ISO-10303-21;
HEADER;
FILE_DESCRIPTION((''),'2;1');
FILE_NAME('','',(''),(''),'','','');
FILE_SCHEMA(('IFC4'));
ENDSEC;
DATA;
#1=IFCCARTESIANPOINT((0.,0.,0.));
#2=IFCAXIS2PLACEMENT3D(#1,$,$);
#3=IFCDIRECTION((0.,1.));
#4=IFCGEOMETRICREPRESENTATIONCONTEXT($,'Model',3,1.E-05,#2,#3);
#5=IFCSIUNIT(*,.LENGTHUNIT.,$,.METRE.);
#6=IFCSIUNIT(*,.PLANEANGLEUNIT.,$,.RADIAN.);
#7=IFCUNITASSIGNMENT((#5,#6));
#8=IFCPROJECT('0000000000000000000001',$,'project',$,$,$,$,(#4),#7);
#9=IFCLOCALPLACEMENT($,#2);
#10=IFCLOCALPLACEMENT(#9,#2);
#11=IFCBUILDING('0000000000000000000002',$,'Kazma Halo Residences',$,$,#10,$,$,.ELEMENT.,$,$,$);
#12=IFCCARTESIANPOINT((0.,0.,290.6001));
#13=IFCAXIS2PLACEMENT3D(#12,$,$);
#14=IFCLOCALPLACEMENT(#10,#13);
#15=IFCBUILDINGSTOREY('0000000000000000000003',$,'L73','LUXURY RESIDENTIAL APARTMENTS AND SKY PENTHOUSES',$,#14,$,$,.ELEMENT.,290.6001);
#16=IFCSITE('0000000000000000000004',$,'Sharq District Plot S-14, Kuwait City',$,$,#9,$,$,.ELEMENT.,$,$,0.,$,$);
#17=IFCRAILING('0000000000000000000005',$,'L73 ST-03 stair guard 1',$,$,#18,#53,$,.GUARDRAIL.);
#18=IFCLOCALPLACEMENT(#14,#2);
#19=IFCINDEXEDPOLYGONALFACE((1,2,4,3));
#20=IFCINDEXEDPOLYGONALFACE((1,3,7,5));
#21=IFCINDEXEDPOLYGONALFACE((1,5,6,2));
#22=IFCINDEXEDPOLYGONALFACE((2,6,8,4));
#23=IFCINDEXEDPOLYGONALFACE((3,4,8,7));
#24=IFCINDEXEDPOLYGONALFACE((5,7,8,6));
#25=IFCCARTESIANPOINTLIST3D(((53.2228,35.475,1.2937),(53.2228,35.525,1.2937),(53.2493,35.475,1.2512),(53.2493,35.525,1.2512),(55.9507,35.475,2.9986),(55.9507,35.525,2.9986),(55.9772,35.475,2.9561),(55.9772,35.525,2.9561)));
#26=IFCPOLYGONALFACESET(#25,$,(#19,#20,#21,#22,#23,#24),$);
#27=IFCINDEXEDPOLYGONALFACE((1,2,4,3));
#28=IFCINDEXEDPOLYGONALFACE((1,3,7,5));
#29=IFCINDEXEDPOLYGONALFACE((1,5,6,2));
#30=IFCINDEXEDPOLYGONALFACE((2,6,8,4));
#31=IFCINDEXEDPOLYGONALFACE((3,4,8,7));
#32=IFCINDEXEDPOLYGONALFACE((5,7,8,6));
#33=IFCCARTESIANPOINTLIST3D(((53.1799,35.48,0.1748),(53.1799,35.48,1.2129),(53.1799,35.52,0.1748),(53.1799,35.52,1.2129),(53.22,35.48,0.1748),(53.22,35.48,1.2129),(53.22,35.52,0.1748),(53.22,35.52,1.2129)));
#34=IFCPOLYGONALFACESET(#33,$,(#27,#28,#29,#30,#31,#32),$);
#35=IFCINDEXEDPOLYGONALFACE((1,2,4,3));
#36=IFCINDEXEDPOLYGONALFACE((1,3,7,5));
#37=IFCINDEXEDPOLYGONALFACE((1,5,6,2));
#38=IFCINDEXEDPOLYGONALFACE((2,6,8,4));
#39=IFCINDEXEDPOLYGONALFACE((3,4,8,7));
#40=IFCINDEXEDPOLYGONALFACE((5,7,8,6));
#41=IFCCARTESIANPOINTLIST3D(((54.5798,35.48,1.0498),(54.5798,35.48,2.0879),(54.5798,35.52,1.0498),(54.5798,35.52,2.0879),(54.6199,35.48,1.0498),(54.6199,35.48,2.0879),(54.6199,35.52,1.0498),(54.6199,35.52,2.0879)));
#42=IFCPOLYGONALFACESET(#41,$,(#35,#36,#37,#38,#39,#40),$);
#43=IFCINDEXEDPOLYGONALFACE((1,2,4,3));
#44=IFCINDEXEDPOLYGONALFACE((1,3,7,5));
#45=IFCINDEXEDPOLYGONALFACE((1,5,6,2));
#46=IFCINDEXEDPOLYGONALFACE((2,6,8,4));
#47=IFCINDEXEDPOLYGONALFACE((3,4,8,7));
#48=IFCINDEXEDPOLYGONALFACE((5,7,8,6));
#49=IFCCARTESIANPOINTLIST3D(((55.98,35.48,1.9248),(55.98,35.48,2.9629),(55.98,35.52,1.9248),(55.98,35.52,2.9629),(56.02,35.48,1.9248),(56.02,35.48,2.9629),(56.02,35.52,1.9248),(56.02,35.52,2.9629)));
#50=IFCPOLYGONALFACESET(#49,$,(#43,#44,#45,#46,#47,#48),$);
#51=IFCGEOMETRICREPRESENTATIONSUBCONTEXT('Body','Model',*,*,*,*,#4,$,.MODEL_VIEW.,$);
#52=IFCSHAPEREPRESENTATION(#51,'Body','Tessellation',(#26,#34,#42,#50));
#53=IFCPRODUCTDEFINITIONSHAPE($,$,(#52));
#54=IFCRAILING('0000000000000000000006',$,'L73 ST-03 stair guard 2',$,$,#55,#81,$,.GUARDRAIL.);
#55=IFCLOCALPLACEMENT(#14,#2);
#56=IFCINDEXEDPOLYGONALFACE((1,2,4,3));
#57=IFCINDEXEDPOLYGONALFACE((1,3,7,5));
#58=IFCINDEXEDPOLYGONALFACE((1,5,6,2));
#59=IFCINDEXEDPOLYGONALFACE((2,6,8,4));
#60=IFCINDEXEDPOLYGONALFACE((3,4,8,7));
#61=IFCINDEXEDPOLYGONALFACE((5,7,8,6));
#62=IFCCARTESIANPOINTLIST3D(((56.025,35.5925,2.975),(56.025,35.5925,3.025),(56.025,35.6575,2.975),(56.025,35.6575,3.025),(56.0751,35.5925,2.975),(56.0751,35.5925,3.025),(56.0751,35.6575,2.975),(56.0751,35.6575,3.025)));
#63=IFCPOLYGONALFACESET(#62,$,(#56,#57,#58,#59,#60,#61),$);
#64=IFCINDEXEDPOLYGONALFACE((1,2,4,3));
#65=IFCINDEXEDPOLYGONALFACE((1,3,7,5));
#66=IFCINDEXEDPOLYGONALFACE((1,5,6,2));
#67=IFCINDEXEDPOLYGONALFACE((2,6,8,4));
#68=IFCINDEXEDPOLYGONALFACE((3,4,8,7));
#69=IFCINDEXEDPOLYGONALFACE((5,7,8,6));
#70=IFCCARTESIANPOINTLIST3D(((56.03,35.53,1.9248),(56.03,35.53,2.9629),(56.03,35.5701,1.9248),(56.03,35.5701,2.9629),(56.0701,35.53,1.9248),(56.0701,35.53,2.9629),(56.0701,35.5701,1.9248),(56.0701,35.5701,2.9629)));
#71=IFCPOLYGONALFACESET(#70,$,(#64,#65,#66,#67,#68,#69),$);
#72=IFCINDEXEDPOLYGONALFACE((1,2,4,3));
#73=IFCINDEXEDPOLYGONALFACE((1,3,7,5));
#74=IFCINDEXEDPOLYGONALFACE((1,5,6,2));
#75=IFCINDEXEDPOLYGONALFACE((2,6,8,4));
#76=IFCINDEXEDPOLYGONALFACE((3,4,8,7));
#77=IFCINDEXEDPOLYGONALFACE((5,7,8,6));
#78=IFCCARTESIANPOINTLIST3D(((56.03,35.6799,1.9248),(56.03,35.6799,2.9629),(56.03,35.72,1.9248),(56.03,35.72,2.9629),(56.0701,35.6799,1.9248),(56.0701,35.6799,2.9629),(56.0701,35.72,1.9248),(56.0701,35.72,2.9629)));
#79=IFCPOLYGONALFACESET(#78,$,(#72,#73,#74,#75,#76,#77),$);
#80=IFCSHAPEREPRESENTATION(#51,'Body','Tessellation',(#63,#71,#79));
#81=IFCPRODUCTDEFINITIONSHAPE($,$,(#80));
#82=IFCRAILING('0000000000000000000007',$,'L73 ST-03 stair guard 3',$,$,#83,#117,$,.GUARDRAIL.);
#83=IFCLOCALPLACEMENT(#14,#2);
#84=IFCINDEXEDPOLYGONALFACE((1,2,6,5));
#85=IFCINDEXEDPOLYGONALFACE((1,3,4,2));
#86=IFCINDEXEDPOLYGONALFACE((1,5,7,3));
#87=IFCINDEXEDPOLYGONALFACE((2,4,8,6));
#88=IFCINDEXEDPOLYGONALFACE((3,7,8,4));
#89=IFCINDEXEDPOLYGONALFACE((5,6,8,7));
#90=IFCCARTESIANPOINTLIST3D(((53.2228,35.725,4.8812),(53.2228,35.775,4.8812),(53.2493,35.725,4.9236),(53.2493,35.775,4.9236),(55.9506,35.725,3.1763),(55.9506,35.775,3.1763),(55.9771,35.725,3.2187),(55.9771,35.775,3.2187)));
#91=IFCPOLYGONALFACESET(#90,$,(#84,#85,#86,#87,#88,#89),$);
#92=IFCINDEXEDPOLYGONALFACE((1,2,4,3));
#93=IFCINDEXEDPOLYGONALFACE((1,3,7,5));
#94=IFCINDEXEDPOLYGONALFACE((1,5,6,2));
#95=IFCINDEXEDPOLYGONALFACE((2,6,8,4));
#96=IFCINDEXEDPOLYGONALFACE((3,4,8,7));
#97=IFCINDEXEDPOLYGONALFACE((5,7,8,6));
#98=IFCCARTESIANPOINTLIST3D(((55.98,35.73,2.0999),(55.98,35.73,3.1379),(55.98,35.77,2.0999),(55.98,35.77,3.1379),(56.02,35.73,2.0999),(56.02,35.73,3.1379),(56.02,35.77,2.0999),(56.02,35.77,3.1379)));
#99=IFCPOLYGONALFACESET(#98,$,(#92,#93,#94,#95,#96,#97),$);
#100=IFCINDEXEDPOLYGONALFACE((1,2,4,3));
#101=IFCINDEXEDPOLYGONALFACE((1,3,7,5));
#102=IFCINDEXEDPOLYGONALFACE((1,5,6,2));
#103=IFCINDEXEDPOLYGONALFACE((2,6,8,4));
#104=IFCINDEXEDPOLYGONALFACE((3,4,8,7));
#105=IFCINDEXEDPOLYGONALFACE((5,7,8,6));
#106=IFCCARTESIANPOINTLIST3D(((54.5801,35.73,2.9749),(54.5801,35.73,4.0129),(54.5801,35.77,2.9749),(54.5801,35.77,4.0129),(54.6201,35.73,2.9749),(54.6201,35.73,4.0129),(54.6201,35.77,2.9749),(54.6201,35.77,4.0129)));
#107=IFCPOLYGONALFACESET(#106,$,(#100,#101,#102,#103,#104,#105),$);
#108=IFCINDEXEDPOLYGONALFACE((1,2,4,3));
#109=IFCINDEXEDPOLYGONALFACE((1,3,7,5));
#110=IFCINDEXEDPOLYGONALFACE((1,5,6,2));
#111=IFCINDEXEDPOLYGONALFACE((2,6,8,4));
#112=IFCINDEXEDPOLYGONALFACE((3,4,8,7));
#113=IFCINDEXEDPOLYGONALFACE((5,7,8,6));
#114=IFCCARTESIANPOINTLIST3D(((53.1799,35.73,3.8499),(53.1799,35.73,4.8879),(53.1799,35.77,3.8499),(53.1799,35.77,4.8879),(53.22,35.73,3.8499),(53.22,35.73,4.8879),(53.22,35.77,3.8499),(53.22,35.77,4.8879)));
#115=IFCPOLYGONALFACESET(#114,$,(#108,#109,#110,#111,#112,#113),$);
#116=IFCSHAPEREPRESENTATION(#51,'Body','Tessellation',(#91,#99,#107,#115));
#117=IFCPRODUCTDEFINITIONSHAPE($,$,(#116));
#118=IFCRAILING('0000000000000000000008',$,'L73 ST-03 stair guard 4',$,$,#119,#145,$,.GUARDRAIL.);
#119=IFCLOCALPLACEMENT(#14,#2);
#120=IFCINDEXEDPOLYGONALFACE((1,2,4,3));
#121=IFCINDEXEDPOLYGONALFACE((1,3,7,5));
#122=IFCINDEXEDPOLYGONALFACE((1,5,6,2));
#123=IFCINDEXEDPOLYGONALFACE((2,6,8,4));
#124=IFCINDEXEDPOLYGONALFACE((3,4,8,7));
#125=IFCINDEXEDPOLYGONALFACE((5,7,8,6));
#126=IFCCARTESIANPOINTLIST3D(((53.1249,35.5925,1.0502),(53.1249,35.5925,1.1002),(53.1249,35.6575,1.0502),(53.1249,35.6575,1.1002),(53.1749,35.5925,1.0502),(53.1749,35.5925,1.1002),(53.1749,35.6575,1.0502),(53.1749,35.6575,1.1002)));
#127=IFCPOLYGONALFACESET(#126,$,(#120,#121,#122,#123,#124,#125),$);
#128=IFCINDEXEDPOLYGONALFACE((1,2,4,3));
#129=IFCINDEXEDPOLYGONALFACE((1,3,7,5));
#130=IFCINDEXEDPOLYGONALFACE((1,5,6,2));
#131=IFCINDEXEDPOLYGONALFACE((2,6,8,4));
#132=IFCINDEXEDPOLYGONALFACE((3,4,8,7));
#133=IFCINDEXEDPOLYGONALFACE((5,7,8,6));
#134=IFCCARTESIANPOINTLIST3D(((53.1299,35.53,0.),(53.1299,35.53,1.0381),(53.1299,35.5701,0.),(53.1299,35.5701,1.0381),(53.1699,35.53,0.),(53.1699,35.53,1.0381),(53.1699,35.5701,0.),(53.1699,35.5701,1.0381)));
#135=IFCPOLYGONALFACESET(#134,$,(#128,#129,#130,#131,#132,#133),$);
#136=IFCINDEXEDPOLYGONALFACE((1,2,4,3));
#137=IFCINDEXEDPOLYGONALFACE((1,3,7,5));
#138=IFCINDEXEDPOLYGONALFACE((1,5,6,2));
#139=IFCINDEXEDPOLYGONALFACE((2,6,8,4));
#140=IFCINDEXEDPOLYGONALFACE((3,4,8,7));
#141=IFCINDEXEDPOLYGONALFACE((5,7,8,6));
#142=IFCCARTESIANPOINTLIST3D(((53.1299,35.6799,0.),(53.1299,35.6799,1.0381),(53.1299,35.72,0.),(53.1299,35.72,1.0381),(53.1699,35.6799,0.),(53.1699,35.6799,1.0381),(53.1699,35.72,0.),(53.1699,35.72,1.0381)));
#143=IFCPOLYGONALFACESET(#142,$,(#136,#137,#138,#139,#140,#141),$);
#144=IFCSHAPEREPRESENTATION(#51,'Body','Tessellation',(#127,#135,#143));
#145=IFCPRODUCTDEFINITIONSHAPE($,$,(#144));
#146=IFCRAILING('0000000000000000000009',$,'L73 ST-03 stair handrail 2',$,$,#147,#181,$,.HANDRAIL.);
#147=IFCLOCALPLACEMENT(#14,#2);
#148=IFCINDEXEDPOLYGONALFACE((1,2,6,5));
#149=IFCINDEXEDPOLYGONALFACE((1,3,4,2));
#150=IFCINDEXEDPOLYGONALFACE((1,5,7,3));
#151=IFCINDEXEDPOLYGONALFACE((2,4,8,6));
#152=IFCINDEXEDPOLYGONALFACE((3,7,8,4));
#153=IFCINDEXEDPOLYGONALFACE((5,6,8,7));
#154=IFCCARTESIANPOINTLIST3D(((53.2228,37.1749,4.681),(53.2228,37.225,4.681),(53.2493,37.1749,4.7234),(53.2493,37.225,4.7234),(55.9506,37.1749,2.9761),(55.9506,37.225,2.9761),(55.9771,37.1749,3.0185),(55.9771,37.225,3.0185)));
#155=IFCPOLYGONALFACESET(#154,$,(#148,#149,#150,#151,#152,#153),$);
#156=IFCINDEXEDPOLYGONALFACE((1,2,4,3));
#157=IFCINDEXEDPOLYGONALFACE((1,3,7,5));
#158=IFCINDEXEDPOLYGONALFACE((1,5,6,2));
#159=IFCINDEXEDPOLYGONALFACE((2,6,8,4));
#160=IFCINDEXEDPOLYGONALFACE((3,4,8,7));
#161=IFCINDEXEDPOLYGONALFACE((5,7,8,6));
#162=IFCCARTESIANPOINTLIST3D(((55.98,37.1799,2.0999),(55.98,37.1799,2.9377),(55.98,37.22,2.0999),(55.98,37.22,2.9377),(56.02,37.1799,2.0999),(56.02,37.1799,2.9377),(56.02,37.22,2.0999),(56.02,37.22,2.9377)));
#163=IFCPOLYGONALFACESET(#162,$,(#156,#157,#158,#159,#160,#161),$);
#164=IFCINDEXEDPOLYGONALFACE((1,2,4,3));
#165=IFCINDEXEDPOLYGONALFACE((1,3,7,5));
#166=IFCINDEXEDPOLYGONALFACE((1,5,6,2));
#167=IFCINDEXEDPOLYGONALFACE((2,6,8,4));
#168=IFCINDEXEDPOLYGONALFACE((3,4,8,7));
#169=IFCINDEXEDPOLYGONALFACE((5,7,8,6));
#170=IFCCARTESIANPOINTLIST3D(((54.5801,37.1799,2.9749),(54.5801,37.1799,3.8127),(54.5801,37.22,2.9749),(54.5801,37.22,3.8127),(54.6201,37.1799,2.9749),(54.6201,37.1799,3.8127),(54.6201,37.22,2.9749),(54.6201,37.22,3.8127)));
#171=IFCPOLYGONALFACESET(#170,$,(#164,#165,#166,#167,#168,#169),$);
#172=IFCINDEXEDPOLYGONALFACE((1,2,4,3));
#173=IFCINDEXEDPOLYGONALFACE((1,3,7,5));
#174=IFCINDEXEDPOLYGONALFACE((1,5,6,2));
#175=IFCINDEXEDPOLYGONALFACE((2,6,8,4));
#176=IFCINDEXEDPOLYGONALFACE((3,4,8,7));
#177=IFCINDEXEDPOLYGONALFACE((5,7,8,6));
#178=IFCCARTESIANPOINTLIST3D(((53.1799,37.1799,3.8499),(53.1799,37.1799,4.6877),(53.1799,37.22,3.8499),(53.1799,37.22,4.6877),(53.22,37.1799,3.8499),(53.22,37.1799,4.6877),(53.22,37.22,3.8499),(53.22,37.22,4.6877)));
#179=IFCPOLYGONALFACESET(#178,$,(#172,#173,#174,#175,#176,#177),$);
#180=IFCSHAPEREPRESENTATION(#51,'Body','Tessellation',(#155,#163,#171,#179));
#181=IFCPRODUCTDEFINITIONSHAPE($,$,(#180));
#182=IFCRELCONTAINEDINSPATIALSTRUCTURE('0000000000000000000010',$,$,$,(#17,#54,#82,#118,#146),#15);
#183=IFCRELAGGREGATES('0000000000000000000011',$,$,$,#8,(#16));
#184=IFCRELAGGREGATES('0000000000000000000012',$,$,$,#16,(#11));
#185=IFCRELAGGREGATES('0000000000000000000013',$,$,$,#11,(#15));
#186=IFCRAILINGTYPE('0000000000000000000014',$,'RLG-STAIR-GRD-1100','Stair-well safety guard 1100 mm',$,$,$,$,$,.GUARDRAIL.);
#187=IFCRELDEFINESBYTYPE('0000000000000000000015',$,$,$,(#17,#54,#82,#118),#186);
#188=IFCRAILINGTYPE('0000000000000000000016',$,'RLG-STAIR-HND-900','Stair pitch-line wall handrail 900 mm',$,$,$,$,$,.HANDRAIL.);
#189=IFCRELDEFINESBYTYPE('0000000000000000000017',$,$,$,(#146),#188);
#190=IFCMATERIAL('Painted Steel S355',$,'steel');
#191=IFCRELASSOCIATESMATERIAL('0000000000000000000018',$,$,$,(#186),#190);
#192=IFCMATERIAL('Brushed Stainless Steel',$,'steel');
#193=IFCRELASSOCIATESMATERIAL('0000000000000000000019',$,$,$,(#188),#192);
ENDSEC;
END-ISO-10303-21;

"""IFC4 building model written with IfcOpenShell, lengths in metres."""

from ifc_helpers import new_model, si_unit, direction, frame, origin, origin_2d, place, context, subcontext, project, spatial, rectangle, extrude, material, type_object, element, save


model = new_model("IFC4")

# Units and contexts
model_context = context("Model", 3, precision=1e-05, world=origin(), true_north=direction((0.0, 1.0)))
body_context = subcontext(model_context, "Body", "Model", "MODEL_VIEW")
ifc_project = project(units=[si_unit("LENGTHUNIT", "METRE"), si_unit("PLANEANGLEUNIT", "RADIAN")], contexts=[model_context])

# Site, building, storey
site_placement = place(None, origin())
site = spatial("IfcSite", under=ifc_project, at=site_placement, Name="Sharq District Plot S-14, Kuwait City", CompositionType="ELEMENT", RefElevation=0.0)
building_placement = place(site_placement, origin())
building = spatial("IfcBuilding", under=site, at=building_placement, Name="Kazma Halo Residences", CompositionType="ELEMENT")
storey_placement = place(building_placement, frame((0.0, 0.0, 290.6001)))
storey = spatial("IfcBuildingStorey", under=building, at=storey_placement, Name="L73", Description="LUXURY RESIDENTIAL APARTMENTS AND SKY PENTHOUSES", CompositionType="ELEMENT", Elevation=290.6001)

# Railings
ifc_material_1 = material(Name="Painted Steel S355", Category="steel")
railing_type_1 = type_object("IfcRailingType", Name="RLG-STAIR-GRD-1100", Description="Stair-well safety guard 1100 mm", PredefinedType="GUARDRAIL", material=ifc_material_1)
railing_1_placement = place(storey_placement, frame((53.2, 35.5, 0.1748)))
element("IfcRailing", 1, at=railing_1_placement, inside=storey, type_object=railing_type_1, Name="L73 ST-03 stair guard 1", PredefinedType="GUARDRAIL", context=body_context, shape_type="SweptSolid", body=[
    extrude(rectangle(XDim=0.05, YDim=0.05, at=origin_2d()), frame((0.0361, 0.0, 1.0977), z_axis=(0.848002, 0.0, 0.529992), x_axis=(0.0, 1.0, 0.0)), (0.0, 0.0, 1.0), 3.2168),
    extrude(rectangle(XDim=0.04, YDim=0.04, at=origin_2d()), origin(), (0.0, 0.0, 1.0), 1.0381),
    extrude(rectangle(XDim=0.04, YDim=0.04, at=origin_2d()), frame((1.3999, 0.0, 0.875)), (0.0, 0.0, 1.0), 1.0381),
    extrude(rectangle(XDim=0.04, YDim=0.04, at=origin_2d()), frame((2.8, 0.0, 1.75)), (0.0, 0.0, 1.0), 1.0381),
])
railing_2_placement = place(storey_placement, frame((56.05, 35.55, 1.9248)))
element("IfcRailing", 2, at=railing_2_placement, inside=storey, type_object=railing_type_1, Name="L73 ST-03 stair guard 2", PredefinedType="GUARDRAIL", context=body_context, shape_type="SweptSolid", body=[
    extrude(rectangle(XDim=0.05, YDim=0.05, at=origin_2d()), frame((0.0, 0.0425, 1.0752), z_axis=(0.0, 1.0, 0.0), x_axis=(-1.0, 0.0, 0.0)), (0.0, 0.0, 1.0), 0.0649),
    extrude(rectangle(XDim=0.04, YDim=0.04, at=origin_2d()), origin(), (0.0, 0.0, 1.0), 1.0381),
    extrude(rectangle(XDim=0.04, YDim=0.04, at=origin_2d()), frame((0.0, 0.1499, 0.0)), (0.0, 0.0, 1.0), 1.0381),
])
railing_3_placement = place(storey_placement, frame((56.0, 35.75, 2.0999)))
element("IfcRailing", 3, at=railing_3_placement, inside=storey, type_object=railing_type_1, Name="L73 ST-03 stair guard 3", PredefinedType="GUARDRAIL", context=body_context, shape_type="SweptSolid", body=[
    extrude(rectangle(XDim=0.05, YDim=0.05, at=origin_2d()), frame((-0.0361, 0.0, 1.0977), z_axis=(-0.848002, 0.0, 0.529992), x_axis=(0.0, -1.0, 0.0)), (0.0, 0.0, 1.0), 3.2168),
    extrude(rectangle(XDim=0.04, YDim=0.04, at=origin_2d()), origin(), (0.0, 0.0, 1.0), 1.0381),
    extrude(rectangle(XDim=0.04, YDim=0.04, at=origin_2d()), frame((-1.3999, 0.0, 0.875)), (0.0, 0.0, 1.0), 1.0381),
    extrude(rectangle(XDim=0.04, YDim=0.04, at=origin_2d()), frame((-2.8, 0.0, 1.75)), (0.0, 0.0, 1.0), 1.0381),
])
railing_4_placement = place(storey_placement, frame((53.1499, 35.55, 0.0)))
element("IfcRailing", 4, at=railing_4_placement, inside=storey, type_object=railing_type_1, Name="L73 ST-03 stair guard 4", PredefinedType="GUARDRAIL", context=body_context, shape_type="SweptSolid", body=[
    extrude(rectangle(XDim=0.05, YDim=0.05, at=origin_2d()), frame((0.0, 0.0425, 1.0752), z_axis=(0.0, 1.0, 0.0), x_axis=(-1.0, 0.0, 0.0)), (0.0, 0.0, 1.0), 0.0649),
    extrude(rectangle(XDim=0.04, YDim=0.04, at=origin_2d()), origin(), (0.0, 0.0, 1.0), 1.0381),
    extrude(rectangle(XDim=0.04, YDim=0.04, at=origin_2d()), frame((0.0, 0.1499, 0.0)), (0.0, 0.0, 1.0), 1.0381),
])
ifc_material_2 = material(Name="Brushed Stainless Steel", Category="steel")
railing_type_2 = type_object("IfcRailingType", Name="RLG-STAIR-HND-900", Description="Stair pitch-line wall handrail 900 mm", PredefinedType="HANDRAIL", material=ifc_material_2)
railing_5_placement = place(storey_placement, frame((56.0, 37.2, 2.0999)))
element("IfcRailing", 5, at=railing_5_placement, inside=storey, type_object=railing_type_2, Name="L73 ST-03 stair handrail 2", PredefinedType="HANDRAIL", context=body_context, shape_type="SweptSolid", body=[
    extrude(rectangle(XDim=0.05, YDim=0.05, at=origin_2d()), frame((-0.0361, 0.0, 0.8975), z_axis=(-0.848002, 0.0, 0.529992), x_axis=(0.0, -1.0, 0.0)), (0.0, 0.0, 1.0), 3.2168),
    extrude(rectangle(XDim=0.04, YDim=0.04, at=origin_2d()), origin(), (0.0, 0.0, 1.0), 0.8379),
    extrude(rectangle(XDim=0.04, YDim=0.04, at=origin_2d()), frame((-1.3999, 0.0, 0.875)), (0.0, 0.0, 1.0), 0.8379),
    extrude(rectangle(XDim=0.04, YDim=0.04, at=origin_2d()), frame((-2.8, 0.0, 1.75)), (0.0, 0.0, 1.0), 0.8379),
])

save(model, "model.ifc")
